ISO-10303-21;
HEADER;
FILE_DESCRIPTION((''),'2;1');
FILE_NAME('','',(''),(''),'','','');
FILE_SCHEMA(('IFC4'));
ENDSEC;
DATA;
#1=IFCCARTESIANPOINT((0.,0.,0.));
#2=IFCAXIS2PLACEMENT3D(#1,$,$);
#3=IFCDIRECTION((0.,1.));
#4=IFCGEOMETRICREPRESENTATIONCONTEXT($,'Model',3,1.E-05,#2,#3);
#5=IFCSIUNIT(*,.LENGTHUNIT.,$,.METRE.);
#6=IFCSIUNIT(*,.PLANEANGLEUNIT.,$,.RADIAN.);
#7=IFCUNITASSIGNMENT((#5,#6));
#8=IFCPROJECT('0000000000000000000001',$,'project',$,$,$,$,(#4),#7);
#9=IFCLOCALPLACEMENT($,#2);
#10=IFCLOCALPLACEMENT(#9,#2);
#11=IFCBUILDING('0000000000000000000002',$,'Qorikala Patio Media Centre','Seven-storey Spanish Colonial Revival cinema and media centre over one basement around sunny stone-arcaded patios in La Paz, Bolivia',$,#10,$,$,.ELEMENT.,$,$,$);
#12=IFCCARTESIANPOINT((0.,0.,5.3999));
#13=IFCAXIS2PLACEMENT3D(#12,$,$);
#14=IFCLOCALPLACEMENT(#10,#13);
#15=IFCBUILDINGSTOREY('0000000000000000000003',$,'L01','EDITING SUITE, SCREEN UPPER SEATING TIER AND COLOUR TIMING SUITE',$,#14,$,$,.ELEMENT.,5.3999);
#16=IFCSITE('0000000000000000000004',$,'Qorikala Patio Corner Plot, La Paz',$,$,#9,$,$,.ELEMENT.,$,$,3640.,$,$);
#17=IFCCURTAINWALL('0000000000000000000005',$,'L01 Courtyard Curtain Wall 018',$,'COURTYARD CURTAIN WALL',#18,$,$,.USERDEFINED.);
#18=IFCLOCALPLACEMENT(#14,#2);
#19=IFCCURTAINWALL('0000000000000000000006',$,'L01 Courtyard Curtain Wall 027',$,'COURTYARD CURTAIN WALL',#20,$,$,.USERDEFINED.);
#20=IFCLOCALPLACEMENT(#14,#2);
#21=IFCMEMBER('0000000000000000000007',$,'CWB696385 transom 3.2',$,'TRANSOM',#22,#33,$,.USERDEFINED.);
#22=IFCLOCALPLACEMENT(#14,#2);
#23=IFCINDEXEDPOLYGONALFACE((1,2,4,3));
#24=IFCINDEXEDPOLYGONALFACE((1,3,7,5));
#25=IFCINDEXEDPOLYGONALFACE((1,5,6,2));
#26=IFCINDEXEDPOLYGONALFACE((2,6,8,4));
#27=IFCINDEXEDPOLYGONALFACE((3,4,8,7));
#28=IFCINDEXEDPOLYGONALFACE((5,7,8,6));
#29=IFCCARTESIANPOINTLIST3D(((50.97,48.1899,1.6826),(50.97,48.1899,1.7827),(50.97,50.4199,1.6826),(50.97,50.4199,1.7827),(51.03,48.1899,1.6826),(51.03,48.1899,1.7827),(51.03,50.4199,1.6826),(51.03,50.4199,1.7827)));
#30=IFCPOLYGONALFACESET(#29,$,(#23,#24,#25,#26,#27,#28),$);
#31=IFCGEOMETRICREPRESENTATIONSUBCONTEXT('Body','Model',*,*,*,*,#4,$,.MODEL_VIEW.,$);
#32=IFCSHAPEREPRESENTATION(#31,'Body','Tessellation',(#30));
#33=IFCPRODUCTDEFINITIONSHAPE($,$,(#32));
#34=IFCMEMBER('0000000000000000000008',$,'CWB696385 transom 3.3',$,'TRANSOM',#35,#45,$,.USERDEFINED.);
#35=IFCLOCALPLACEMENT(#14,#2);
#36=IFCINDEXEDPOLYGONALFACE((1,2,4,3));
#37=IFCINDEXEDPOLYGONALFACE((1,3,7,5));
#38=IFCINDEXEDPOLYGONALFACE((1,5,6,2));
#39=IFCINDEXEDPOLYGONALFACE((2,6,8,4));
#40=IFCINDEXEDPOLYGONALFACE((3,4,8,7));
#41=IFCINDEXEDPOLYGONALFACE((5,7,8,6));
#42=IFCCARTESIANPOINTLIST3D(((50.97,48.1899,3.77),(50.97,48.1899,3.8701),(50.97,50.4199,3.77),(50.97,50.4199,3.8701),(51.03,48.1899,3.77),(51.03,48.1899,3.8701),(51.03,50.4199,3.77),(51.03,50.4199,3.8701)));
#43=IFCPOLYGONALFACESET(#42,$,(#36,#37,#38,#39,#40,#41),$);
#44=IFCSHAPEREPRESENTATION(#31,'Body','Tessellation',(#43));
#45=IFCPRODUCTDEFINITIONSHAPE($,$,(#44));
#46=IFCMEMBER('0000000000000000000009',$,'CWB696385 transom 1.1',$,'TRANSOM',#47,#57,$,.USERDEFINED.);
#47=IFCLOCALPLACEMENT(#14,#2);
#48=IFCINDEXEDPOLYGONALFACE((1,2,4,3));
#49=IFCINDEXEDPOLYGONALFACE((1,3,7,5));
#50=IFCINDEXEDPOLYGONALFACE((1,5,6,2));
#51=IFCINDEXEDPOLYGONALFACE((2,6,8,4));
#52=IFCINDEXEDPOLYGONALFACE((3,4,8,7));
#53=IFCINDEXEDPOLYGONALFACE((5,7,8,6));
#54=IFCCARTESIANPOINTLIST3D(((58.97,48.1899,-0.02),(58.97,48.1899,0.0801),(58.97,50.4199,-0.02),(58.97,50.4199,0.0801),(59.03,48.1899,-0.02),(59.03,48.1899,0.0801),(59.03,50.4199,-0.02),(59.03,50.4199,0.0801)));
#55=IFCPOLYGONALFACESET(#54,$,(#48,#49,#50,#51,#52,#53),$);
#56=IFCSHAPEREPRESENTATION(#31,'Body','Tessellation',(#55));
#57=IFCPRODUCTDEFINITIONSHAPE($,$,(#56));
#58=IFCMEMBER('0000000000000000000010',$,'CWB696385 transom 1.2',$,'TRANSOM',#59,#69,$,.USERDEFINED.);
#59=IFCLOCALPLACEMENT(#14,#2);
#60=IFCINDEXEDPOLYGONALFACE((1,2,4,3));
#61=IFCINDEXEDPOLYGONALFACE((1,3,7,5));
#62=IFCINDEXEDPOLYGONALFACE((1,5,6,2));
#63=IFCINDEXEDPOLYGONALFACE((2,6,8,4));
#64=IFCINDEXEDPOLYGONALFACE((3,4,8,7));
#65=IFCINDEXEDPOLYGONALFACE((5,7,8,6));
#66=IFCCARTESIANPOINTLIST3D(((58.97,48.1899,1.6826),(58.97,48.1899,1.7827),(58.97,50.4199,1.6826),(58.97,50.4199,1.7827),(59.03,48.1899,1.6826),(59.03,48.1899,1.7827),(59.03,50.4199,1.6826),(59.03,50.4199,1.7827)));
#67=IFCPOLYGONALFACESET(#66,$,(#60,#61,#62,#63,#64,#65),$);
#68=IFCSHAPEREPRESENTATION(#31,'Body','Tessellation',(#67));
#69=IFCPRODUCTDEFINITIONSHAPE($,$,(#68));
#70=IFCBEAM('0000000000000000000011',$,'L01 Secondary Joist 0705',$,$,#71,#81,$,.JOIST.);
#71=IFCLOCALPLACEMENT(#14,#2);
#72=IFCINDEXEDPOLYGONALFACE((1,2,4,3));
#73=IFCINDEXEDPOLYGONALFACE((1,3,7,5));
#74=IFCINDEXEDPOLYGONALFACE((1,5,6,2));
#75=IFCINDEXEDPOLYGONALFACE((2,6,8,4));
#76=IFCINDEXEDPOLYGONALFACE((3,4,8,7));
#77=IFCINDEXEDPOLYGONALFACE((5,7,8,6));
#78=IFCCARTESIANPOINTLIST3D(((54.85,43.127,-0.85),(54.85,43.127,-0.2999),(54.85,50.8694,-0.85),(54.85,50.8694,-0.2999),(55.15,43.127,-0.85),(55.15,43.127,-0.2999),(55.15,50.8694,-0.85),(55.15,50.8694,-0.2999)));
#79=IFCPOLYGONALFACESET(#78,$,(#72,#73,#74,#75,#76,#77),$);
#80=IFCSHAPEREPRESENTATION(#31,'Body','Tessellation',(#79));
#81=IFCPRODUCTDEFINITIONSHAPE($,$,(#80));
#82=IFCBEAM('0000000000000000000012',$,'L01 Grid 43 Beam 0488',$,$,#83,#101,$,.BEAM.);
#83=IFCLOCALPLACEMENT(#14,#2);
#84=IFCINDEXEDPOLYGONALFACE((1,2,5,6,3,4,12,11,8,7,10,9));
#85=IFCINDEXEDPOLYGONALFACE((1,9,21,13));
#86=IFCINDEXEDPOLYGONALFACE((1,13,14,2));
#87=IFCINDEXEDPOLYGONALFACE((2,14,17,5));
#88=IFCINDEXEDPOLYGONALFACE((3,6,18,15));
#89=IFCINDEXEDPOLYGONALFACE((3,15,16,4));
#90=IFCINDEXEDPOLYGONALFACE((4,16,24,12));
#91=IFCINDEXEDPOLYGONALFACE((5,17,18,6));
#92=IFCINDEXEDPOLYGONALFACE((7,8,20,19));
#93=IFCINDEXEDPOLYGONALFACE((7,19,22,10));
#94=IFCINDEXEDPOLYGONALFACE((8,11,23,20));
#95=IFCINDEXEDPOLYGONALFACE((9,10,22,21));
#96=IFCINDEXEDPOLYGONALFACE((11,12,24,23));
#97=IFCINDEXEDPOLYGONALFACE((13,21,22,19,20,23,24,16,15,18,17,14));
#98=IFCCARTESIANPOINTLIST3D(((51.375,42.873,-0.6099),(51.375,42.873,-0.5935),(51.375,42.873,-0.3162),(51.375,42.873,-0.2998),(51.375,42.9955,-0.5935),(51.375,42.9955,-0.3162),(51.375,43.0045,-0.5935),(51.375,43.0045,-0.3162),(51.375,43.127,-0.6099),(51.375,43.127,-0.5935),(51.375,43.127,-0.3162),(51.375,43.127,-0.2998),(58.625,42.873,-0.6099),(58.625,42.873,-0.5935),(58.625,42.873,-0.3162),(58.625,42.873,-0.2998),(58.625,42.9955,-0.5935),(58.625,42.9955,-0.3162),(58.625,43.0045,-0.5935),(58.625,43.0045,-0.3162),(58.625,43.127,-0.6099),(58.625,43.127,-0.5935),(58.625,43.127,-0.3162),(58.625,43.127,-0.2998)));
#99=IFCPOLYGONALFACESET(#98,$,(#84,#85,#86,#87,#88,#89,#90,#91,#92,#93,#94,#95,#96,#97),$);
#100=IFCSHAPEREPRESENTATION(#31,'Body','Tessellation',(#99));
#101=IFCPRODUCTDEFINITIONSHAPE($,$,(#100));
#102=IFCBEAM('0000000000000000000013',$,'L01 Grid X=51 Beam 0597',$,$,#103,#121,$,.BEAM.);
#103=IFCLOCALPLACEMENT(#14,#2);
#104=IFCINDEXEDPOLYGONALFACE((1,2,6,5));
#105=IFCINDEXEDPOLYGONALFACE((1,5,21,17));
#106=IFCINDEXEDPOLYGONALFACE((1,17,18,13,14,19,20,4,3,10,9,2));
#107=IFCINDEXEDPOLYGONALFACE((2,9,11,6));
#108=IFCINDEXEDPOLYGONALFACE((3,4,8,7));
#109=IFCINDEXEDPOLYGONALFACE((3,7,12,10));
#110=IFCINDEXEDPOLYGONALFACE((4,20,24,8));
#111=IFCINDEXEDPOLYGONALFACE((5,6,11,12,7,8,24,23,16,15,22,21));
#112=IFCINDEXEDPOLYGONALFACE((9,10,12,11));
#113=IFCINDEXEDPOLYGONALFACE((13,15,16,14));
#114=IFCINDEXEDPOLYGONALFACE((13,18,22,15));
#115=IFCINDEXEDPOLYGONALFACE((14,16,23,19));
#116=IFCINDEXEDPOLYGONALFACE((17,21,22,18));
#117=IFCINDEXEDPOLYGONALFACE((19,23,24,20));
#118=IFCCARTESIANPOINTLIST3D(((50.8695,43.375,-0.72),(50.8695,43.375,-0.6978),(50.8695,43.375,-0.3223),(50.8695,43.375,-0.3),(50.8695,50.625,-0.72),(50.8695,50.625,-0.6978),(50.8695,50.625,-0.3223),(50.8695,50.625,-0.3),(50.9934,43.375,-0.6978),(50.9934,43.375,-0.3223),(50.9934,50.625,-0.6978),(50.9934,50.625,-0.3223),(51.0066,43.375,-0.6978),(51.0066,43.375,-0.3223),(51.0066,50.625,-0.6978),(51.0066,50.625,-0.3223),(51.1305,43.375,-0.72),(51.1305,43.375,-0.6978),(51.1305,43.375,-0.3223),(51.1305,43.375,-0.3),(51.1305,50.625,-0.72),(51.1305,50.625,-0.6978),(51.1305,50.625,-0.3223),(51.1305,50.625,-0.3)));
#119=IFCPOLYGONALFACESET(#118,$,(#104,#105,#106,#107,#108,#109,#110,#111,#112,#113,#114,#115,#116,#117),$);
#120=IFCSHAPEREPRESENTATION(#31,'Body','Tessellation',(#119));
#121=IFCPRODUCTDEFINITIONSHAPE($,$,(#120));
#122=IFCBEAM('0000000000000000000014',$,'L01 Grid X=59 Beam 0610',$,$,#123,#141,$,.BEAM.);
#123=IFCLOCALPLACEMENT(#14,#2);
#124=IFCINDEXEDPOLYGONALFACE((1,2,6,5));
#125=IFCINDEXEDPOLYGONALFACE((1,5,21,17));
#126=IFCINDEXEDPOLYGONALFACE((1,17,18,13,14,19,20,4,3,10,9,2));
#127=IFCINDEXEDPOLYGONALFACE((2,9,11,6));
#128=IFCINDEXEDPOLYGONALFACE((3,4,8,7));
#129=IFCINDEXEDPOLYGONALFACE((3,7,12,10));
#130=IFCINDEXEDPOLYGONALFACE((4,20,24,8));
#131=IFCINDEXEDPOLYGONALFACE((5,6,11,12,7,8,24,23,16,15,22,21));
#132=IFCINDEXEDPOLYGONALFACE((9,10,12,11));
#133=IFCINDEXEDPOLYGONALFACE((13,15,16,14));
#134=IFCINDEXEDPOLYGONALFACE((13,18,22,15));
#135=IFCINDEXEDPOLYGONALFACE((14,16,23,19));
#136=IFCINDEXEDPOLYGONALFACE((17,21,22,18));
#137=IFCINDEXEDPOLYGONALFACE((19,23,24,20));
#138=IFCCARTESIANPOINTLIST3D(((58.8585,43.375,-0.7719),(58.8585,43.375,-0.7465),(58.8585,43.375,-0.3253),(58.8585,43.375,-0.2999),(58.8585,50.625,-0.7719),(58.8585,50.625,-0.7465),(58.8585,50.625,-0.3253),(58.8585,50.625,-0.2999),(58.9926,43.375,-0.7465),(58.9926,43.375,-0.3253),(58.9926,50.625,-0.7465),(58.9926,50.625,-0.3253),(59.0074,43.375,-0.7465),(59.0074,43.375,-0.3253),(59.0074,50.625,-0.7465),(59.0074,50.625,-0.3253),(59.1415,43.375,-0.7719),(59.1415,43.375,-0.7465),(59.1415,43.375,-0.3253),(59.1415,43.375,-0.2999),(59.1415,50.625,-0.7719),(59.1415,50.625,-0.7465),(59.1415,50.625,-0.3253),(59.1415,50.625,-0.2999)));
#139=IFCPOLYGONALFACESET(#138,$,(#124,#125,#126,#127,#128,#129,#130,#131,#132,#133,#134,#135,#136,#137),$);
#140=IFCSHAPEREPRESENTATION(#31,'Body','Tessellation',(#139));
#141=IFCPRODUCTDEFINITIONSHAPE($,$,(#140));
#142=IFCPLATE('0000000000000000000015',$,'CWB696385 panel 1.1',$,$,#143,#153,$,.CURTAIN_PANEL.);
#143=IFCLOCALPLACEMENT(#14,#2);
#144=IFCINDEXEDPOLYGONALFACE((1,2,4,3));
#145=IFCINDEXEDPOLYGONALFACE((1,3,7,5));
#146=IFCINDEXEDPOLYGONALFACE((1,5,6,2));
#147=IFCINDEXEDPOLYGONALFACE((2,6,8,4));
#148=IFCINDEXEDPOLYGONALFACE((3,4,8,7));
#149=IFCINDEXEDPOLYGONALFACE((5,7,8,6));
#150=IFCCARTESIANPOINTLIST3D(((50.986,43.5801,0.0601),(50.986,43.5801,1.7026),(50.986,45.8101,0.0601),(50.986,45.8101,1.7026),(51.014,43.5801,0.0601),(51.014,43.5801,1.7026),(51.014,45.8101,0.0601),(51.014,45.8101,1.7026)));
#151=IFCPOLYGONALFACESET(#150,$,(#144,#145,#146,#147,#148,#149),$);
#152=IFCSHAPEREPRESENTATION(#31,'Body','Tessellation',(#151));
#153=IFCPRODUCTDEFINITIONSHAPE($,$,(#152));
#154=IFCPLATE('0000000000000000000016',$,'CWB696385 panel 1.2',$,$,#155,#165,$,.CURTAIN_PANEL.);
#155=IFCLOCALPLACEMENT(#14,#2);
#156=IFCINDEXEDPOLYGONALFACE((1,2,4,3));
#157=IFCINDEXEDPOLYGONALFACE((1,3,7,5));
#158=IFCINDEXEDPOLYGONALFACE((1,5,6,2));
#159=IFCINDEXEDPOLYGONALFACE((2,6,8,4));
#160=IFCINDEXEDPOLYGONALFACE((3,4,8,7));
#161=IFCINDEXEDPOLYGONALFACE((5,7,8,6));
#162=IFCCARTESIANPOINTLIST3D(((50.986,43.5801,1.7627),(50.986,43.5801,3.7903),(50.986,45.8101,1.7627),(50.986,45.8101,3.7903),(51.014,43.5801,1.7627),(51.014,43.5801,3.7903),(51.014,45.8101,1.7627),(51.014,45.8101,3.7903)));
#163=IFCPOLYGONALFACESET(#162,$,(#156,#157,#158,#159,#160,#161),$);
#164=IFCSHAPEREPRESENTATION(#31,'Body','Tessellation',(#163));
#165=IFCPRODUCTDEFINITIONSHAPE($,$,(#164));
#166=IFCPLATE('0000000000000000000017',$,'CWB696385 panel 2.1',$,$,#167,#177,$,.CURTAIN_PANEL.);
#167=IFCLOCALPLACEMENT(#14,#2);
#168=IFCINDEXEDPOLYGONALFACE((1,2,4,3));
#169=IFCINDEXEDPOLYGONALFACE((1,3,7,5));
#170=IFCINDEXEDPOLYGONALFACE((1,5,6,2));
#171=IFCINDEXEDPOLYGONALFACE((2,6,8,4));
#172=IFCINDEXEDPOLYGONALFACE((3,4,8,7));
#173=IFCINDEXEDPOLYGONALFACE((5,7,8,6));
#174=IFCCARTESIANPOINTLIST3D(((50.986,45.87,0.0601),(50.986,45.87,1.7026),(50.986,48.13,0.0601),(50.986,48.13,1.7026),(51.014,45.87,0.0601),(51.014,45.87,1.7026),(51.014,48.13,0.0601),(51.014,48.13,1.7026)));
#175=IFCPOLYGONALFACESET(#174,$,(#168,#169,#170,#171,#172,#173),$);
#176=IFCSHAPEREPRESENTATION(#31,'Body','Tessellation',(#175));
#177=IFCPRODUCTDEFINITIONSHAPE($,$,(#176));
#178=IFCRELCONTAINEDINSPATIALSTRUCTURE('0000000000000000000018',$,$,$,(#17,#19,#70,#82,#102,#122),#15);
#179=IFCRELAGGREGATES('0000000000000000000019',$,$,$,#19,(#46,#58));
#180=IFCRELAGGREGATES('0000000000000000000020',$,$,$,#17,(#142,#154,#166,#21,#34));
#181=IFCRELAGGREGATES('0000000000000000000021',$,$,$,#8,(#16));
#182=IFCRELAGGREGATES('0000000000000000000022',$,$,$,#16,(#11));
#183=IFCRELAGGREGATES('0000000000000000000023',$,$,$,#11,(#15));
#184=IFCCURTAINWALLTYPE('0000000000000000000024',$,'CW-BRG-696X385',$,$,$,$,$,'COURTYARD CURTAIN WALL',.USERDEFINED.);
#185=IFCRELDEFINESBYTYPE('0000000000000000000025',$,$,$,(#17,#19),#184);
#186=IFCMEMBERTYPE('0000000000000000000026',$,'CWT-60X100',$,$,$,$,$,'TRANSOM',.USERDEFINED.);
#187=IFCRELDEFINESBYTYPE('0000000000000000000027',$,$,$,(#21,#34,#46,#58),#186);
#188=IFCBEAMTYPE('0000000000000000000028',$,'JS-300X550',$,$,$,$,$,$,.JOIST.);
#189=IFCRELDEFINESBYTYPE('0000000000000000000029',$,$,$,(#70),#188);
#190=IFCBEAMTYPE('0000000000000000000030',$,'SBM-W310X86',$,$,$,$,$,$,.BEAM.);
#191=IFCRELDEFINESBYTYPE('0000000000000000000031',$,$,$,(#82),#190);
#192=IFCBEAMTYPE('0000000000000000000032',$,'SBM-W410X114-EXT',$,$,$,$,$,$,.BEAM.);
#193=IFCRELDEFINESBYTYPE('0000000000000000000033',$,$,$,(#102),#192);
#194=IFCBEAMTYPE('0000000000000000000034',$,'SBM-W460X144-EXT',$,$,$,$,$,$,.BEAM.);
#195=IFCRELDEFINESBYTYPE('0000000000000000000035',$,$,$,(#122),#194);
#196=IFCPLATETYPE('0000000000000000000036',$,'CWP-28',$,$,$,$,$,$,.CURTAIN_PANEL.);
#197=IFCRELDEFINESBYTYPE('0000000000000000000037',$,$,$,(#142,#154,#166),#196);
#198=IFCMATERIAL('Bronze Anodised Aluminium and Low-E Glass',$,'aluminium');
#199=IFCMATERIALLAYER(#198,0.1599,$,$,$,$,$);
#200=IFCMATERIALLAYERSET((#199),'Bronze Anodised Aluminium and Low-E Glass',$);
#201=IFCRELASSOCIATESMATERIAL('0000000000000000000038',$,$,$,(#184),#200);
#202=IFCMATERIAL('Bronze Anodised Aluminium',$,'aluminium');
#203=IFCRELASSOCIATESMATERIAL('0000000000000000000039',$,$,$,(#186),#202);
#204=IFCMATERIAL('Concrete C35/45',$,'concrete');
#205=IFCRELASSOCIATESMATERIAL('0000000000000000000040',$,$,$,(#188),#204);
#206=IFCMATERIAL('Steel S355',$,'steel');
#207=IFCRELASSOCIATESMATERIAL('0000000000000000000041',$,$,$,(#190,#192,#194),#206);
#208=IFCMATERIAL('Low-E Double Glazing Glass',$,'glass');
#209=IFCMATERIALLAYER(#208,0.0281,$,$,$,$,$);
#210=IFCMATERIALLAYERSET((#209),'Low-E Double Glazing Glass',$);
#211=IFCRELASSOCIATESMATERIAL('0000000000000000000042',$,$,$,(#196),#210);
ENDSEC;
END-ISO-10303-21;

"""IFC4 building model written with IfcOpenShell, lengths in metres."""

from ifc_helpers import new_model, si_unit, direction, frame, origin, origin_2d, place, context, subcontext, project, spatial, rectangle, i_section, extrude, material, layer, layer_set, material_profile, profile_set, type_object, element, aggregate, save


model = new_model("IFC4")

# Units and contexts
model_context = context("Model", 3, precision=1e-05, world=origin(), true_north=direction((0.0, 1.0)))
body_context = subcontext(model_context, "Body", "Model", "MODEL_VIEW")
ifc_project = project(units=[si_unit("LENGTHUNIT", "METRE"), si_unit("PLANEANGLEUNIT", "RADIAN")], contexts=[model_context])

# Site, building, storey
site_placement = place(None, origin())
site = spatial("IfcSite", under=ifc_project, at=site_placement, Name="Qorikala Patio Corner Plot, La Paz", CompositionType="ELEMENT", RefElevation=3640.0)
building_placement = place(site_placement, origin())
building = spatial("IfcBuilding", under=site, at=building_placement, Name="Qorikala Patio Media Centre", Description="Seven-storey Spanish Colonial Revival cinema and media centre over one basement around sunny stone-arcaded patios in La Paz, Bolivia", CompositionType="ELEMENT")
storey_placement = place(building_placement, frame((0.0, 0.0, 5.3999)))
storey = spatial("IfcBuildingStorey", under=building, at=storey_placement, Name="L01", Description="EDITING SUITE, SCREEN UPPER SEATING TIER AND COLOUR TIMING SUITE", CompositionType="ELEMENT", Elevation=5.3999)

# Shared definitions
ifc_material_1 = material(Name="Concrete C35/45", Category="concrete")

# Curtain walls
ifc_material_2 = material(Name="Bronze Anodised Aluminium and Low-E Glass", Category="aluminium")
ifc_layer_1 = layer(ifc_material_2, 0.1599)
ifc_layer_set_1 = layer_set([ifc_layer_1], Name="Bronze Anodised Aluminium and Low-E Glass")
curtain_wall_type = type_object("IfcCurtainWallType", Name="CW-BRG-696X385", ElementType="COURTYARD CURTAIN WALL", PredefinedType="USERDEFINED", material=ifc_layer_set_1)
curtain_wall_1_placement = place(storey_placement, origin())
curtain_wall_1 = element("IfcCurtainWall", 1, at=curtain_wall_1_placement, inside=storey, type_object=curtain_wall_type, Name="L01 Courtyard Curtain Wall 018", ObjectType="COURTYARD CURTAIN WALL", PredefinedType="USERDEFINED")
ifc_material_3 = material(Name="Bronze Anodised Aluminium", Category="aluminium")
curtain_wall_2_placement = place(storey_placement, origin())
curtain_wall_2 = element("IfcCurtainWall", 2, at=curtain_wall_2_placement, inside=storey, type_object=curtain_wall_type, Name="L01 Courtyard Curtain Wall 027", ObjectType="COURTYARD CURTAIN WALL", PredefinedType="USERDEFINED")

# Members
ifc_material_profile_1 = material_profile(ifc_material_3, rectangle(XDim=0.0601, YDim=0.1001, at=origin_2d()), Name="ALU TRANSOM 60x100")
ifc_profile_set_1 = profile_set([ifc_material_profile_1], Name="Bronze Anodised Aluminium")
member_type_1 = type_object("IfcMemberType", Name="CWT-60X100", ElementType="TRANSOM", PredefinedType="USERDEFINED", material=ifc_profile_set_1)
member_1_placement = place(storey_placement, frame((51.0, 48.1899, 1.7327), z_axis=(0.0, 1.0, 0.0), x_axis=(-1.0, 0.0, 0.0)))
member_1 = element("IfcMember", 3, at=member_1_placement, type_object=member_type_1, Name="CWB696385 transom 3.2", ObjectType="TRANSOM", PredefinedType="USERDEFINED", context=body_context, shape_type="SweptSolid", body=[
    extrude(rectangle(XDim=0.0601, YDim=0.1001, at=origin_2d()), origin(), (0.0, 0.0, 1.0), 2.23),
])
member_2_placement = place(storey_placement, frame((51.0, 48.1899, 3.8201), z_axis=(0.0, 1.0, 0.0), x_axis=(-1.0, 0.0, 0.0)))
member_2 = element("IfcMember", 4, at=member_2_placement, type_object=member_type_1, Name="CWB696385 transom 3.3", ObjectType="TRANSOM", PredefinedType="USERDEFINED", context=body_context, shape_type="SweptSolid", body=[
    extrude(rectangle(XDim=0.0601, YDim=0.1001, at=origin_2d()), origin(), (0.0, 0.0, 1.0), 2.23),
])
member_3_placement = place(storey_placement, frame((59.0, 50.4199, 0.03), z_axis=(0.0, -1.0, 0.0), x_axis=(1.0, 0.0, 0.0)))
member_3 = element("IfcMember", 5, at=member_3_placement, type_object=member_type_1, Name="CWB696385 transom 1.1", ObjectType="TRANSOM", PredefinedType="USERDEFINED", context=body_context, shape_type="SweptSolid", body=[
    extrude(rectangle(XDim=0.0601, YDim=0.1001, at=origin_2d()), origin(), (0.0, 0.0, 1.0), 2.23),
])
member_4_placement = place(storey_placement, frame((59.0, 50.4199, 1.7327), z_axis=(0.0, -1.0, 0.0), x_axis=(1.0, 0.0, 0.0)))
member_4 = element("IfcMember", 6, at=member_4_placement, type_object=member_type_1, Name="CWB696385 transom 1.2", ObjectType="TRANSOM", PredefinedType="USERDEFINED", context=body_context, shape_type="SweptSolid", body=[
    extrude(rectangle(XDim=0.0601, YDim=0.1001, at=origin_2d()), origin(), (0.0, 0.0, 1.0), 2.23),
])
aggregate(curtain_wall_2, [member_3, member_4])

# Beams
ifc_material_profile_2 = material_profile(ifc_material_1, rectangle(XDim=0.3, YDim=0.55, at=origin_2d()), Name="RC 300x550")
ifc_profile_set_2 = profile_set([ifc_material_profile_2], Name="Concrete C35/45")
beam_type_1 = type_object("IfcBeamType", Name="JS-300X550", PredefinedType="JOIST", material=ifc_profile_set_2)
beam_1_placement = place(storey_placement, frame((55.0, 43.127, -0.575), z_axis=(0.0, 1.0, 0.0), x_axis=(-1.0, 0.0, 0.0)))
element("IfcBeam", 7, at=beam_1_placement, inside=storey, type_object=beam_type_1, Name="L01 Secondary Joist 0705", PredefinedType="JOIST", context=body_context, shape_type="SweptSolid", body=[
    extrude(rectangle(XDim=0.3, YDim=0.55, at=origin_2d()), origin(), (0.0, 0.0, 1.0), 7.7424),
])
ifc_material_4 = material(Name="Steel S355", Category="steel")
ifc_material_profile_3 = material_profile(ifc_material_4, i_section(OverallWidth=0.2539, OverallDepth=0.3101, WebThickness=0.009, FlangeThickness=0.0164, at=origin_2d()), Name="W310X86")
ifc_profile_set_3 = profile_set([ifc_material_profile_3], Name="Steel S355")
beam_type_2 = type_object("IfcBeamType", Name="SBM-W310X86", PredefinedType="BEAM", material=ifc_profile_set_3)
beam_2_placement = place(storey_placement, frame((51.375, 43.0, -0.4548), z_axis=(1.0, 0.0, 0.0), x_axis=(0.0, 1.0, 0.0)))
element("IfcBeam", 8, at=beam_2_placement, inside=storey, type_object=beam_type_2, Name="L01 Grid 43 Beam 0488", PredefinedType="BEAM", context=body_context, shape_type="SweptSolid", body=[
    extrude(i_section(OverallWidth=0.2539, OverallDepth=0.3101, WebThickness=0.009, FlangeThickness=0.0164, at=origin_2d()), origin(), (0.0, 0.0, 1.0), 7.25),
])
ifc_material_profile_4 = material_profile(ifc_material_4, i_section(OverallWidth=0.261, OverallDepth=0.4199, WebThickness=0.0132, FlangeThickness=0.0222, at=origin_2d()), Name="W410X114")
ifc_profile_set_4 = profile_set([ifc_material_profile_4], Name="Steel S355")
beam_type_3 = type_object("IfcBeamType", Name="SBM-W410X114-EXT", PredefinedType="BEAM", material=ifc_profile_set_4)
beam_3_placement = place(storey_placement, frame((51.0, 43.375, -0.51), z_axis=(0.0, 1.0, 0.0), x_axis=(-1.0, 0.0, 0.0)))
element("IfcBeam", 9, at=beam_3_placement, inside=storey, type_object=beam_type_3, Name="L01 Grid X=51 Beam 0597", PredefinedType="BEAM", context=body_context, shape_type="SweptSolid", body=[
    extrude(i_section(OverallWidth=0.261, OverallDepth=0.4199, WebThickness=0.0132, FlangeThickness=0.0222, at=origin_2d()), origin(), (0.0, 0.0, 1.0), 7.25),
])
ifc_material_profile_5 = material_profile(ifc_material_4, i_section(OverallWidth=0.283, OverallDepth=0.4719, WebThickness=0.0149, FlangeThickness=0.0254, at=origin_2d()), Name="W460X144")
ifc_profile_set_5 = profile_set([ifc_material_profile_5], Name="Steel S355")
beam_type_4 = type_object("IfcBeamType", Name="SBM-W460X144-EXT", PredefinedType="BEAM", material=ifc_profile_set_5)
beam_4_placement = place(storey_placement, frame((59.0, 43.375, -0.5359), z_axis=(0.0, 1.0, 0.0), x_axis=(-1.0, 0.0, 0.0)))
element("IfcBeam", 10, at=beam_4_placement, inside=storey, type_object=beam_type_4, Name="L01 Grid X=59 Beam 0610", PredefinedType="BEAM", context=body_context, shape_type="SweptSolid", body=[
    extrude(i_section(OverallWidth=0.283, OverallDepth=0.4719, WebThickness=0.0149, FlangeThickness=0.0254, at=origin_2d()), origin(), (0.0, 0.0, 1.0), 7.25),
])

# Plates
ifc_material_5 = material(Name="Low-E Double Glazing Glass", Category="glass")
ifc_layer_2 = layer(ifc_material_5, 0.0281)
ifc_layer_set_2 = layer_set([ifc_layer_2], Name="Low-E Double Glazing Glass")
plate_type = type_object("IfcPlateType", Name="CWP-28", PredefinedType="CURTAIN_PANEL", material=ifc_layer_set_2)
plate_1_placement = place(storey_placement, frame((51.0, 44.6951, 0.0601), z_axis=(0.0, 0.0, 1.0), x_axis=(0.0, 1.0, 0.0)))
plate_1 = element("IfcPlate", 11, at=plate_1_placement, type_object=plate_type, Name="CWB696385 panel 1.1", PredefinedType="CURTAIN_PANEL", context=body_context, shape_type="SweptSolid", body=[
    extrude(rectangle(XDim=2.23, YDim=0.0281, at=origin_2d()), origin(), (0.0, 0.0, 1.0), 1.6426),
])
plate_2_placement = place(storey_placement, frame((51.0, 44.6951, 1.7627), z_axis=(0.0, 0.0, 1.0), x_axis=(0.0, 1.0, 0.0)))
plate_2 = element("IfcPlate", 12, at=plate_2_placement, type_object=plate_type, Name="CWB696385 panel 1.2", PredefinedType="CURTAIN_PANEL", context=body_context, shape_type="SweptSolid", body=[
    extrude(rectangle(XDim=2.23, YDim=0.0281, at=origin_2d()), origin(), (0.0, 0.0, 1.0), 2.0276),
])
plate_3_placement = place(storey_placement, frame((51.0, 47.0, 0.0601), z_axis=(0.0, 0.0, 1.0), x_axis=(0.0, 1.0, 0.0)))
plate_3 = element("IfcPlate", 13, at=plate_3_placement, type_object=plate_type, Name="CWB696385 panel 2.1", PredefinedType="CURTAIN_PANEL", context=body_context, shape_type="SweptSolid", body=[
    extrude(rectangle(XDim=2.26, YDim=0.0281, at=origin_2d()), origin(), (0.0, 0.0, 1.0), 1.6426),
])
aggregate(curtain_wall_1, [plate_1, plate_2, plate_3, member_1, member_2])

save(model, "model.ifc")
